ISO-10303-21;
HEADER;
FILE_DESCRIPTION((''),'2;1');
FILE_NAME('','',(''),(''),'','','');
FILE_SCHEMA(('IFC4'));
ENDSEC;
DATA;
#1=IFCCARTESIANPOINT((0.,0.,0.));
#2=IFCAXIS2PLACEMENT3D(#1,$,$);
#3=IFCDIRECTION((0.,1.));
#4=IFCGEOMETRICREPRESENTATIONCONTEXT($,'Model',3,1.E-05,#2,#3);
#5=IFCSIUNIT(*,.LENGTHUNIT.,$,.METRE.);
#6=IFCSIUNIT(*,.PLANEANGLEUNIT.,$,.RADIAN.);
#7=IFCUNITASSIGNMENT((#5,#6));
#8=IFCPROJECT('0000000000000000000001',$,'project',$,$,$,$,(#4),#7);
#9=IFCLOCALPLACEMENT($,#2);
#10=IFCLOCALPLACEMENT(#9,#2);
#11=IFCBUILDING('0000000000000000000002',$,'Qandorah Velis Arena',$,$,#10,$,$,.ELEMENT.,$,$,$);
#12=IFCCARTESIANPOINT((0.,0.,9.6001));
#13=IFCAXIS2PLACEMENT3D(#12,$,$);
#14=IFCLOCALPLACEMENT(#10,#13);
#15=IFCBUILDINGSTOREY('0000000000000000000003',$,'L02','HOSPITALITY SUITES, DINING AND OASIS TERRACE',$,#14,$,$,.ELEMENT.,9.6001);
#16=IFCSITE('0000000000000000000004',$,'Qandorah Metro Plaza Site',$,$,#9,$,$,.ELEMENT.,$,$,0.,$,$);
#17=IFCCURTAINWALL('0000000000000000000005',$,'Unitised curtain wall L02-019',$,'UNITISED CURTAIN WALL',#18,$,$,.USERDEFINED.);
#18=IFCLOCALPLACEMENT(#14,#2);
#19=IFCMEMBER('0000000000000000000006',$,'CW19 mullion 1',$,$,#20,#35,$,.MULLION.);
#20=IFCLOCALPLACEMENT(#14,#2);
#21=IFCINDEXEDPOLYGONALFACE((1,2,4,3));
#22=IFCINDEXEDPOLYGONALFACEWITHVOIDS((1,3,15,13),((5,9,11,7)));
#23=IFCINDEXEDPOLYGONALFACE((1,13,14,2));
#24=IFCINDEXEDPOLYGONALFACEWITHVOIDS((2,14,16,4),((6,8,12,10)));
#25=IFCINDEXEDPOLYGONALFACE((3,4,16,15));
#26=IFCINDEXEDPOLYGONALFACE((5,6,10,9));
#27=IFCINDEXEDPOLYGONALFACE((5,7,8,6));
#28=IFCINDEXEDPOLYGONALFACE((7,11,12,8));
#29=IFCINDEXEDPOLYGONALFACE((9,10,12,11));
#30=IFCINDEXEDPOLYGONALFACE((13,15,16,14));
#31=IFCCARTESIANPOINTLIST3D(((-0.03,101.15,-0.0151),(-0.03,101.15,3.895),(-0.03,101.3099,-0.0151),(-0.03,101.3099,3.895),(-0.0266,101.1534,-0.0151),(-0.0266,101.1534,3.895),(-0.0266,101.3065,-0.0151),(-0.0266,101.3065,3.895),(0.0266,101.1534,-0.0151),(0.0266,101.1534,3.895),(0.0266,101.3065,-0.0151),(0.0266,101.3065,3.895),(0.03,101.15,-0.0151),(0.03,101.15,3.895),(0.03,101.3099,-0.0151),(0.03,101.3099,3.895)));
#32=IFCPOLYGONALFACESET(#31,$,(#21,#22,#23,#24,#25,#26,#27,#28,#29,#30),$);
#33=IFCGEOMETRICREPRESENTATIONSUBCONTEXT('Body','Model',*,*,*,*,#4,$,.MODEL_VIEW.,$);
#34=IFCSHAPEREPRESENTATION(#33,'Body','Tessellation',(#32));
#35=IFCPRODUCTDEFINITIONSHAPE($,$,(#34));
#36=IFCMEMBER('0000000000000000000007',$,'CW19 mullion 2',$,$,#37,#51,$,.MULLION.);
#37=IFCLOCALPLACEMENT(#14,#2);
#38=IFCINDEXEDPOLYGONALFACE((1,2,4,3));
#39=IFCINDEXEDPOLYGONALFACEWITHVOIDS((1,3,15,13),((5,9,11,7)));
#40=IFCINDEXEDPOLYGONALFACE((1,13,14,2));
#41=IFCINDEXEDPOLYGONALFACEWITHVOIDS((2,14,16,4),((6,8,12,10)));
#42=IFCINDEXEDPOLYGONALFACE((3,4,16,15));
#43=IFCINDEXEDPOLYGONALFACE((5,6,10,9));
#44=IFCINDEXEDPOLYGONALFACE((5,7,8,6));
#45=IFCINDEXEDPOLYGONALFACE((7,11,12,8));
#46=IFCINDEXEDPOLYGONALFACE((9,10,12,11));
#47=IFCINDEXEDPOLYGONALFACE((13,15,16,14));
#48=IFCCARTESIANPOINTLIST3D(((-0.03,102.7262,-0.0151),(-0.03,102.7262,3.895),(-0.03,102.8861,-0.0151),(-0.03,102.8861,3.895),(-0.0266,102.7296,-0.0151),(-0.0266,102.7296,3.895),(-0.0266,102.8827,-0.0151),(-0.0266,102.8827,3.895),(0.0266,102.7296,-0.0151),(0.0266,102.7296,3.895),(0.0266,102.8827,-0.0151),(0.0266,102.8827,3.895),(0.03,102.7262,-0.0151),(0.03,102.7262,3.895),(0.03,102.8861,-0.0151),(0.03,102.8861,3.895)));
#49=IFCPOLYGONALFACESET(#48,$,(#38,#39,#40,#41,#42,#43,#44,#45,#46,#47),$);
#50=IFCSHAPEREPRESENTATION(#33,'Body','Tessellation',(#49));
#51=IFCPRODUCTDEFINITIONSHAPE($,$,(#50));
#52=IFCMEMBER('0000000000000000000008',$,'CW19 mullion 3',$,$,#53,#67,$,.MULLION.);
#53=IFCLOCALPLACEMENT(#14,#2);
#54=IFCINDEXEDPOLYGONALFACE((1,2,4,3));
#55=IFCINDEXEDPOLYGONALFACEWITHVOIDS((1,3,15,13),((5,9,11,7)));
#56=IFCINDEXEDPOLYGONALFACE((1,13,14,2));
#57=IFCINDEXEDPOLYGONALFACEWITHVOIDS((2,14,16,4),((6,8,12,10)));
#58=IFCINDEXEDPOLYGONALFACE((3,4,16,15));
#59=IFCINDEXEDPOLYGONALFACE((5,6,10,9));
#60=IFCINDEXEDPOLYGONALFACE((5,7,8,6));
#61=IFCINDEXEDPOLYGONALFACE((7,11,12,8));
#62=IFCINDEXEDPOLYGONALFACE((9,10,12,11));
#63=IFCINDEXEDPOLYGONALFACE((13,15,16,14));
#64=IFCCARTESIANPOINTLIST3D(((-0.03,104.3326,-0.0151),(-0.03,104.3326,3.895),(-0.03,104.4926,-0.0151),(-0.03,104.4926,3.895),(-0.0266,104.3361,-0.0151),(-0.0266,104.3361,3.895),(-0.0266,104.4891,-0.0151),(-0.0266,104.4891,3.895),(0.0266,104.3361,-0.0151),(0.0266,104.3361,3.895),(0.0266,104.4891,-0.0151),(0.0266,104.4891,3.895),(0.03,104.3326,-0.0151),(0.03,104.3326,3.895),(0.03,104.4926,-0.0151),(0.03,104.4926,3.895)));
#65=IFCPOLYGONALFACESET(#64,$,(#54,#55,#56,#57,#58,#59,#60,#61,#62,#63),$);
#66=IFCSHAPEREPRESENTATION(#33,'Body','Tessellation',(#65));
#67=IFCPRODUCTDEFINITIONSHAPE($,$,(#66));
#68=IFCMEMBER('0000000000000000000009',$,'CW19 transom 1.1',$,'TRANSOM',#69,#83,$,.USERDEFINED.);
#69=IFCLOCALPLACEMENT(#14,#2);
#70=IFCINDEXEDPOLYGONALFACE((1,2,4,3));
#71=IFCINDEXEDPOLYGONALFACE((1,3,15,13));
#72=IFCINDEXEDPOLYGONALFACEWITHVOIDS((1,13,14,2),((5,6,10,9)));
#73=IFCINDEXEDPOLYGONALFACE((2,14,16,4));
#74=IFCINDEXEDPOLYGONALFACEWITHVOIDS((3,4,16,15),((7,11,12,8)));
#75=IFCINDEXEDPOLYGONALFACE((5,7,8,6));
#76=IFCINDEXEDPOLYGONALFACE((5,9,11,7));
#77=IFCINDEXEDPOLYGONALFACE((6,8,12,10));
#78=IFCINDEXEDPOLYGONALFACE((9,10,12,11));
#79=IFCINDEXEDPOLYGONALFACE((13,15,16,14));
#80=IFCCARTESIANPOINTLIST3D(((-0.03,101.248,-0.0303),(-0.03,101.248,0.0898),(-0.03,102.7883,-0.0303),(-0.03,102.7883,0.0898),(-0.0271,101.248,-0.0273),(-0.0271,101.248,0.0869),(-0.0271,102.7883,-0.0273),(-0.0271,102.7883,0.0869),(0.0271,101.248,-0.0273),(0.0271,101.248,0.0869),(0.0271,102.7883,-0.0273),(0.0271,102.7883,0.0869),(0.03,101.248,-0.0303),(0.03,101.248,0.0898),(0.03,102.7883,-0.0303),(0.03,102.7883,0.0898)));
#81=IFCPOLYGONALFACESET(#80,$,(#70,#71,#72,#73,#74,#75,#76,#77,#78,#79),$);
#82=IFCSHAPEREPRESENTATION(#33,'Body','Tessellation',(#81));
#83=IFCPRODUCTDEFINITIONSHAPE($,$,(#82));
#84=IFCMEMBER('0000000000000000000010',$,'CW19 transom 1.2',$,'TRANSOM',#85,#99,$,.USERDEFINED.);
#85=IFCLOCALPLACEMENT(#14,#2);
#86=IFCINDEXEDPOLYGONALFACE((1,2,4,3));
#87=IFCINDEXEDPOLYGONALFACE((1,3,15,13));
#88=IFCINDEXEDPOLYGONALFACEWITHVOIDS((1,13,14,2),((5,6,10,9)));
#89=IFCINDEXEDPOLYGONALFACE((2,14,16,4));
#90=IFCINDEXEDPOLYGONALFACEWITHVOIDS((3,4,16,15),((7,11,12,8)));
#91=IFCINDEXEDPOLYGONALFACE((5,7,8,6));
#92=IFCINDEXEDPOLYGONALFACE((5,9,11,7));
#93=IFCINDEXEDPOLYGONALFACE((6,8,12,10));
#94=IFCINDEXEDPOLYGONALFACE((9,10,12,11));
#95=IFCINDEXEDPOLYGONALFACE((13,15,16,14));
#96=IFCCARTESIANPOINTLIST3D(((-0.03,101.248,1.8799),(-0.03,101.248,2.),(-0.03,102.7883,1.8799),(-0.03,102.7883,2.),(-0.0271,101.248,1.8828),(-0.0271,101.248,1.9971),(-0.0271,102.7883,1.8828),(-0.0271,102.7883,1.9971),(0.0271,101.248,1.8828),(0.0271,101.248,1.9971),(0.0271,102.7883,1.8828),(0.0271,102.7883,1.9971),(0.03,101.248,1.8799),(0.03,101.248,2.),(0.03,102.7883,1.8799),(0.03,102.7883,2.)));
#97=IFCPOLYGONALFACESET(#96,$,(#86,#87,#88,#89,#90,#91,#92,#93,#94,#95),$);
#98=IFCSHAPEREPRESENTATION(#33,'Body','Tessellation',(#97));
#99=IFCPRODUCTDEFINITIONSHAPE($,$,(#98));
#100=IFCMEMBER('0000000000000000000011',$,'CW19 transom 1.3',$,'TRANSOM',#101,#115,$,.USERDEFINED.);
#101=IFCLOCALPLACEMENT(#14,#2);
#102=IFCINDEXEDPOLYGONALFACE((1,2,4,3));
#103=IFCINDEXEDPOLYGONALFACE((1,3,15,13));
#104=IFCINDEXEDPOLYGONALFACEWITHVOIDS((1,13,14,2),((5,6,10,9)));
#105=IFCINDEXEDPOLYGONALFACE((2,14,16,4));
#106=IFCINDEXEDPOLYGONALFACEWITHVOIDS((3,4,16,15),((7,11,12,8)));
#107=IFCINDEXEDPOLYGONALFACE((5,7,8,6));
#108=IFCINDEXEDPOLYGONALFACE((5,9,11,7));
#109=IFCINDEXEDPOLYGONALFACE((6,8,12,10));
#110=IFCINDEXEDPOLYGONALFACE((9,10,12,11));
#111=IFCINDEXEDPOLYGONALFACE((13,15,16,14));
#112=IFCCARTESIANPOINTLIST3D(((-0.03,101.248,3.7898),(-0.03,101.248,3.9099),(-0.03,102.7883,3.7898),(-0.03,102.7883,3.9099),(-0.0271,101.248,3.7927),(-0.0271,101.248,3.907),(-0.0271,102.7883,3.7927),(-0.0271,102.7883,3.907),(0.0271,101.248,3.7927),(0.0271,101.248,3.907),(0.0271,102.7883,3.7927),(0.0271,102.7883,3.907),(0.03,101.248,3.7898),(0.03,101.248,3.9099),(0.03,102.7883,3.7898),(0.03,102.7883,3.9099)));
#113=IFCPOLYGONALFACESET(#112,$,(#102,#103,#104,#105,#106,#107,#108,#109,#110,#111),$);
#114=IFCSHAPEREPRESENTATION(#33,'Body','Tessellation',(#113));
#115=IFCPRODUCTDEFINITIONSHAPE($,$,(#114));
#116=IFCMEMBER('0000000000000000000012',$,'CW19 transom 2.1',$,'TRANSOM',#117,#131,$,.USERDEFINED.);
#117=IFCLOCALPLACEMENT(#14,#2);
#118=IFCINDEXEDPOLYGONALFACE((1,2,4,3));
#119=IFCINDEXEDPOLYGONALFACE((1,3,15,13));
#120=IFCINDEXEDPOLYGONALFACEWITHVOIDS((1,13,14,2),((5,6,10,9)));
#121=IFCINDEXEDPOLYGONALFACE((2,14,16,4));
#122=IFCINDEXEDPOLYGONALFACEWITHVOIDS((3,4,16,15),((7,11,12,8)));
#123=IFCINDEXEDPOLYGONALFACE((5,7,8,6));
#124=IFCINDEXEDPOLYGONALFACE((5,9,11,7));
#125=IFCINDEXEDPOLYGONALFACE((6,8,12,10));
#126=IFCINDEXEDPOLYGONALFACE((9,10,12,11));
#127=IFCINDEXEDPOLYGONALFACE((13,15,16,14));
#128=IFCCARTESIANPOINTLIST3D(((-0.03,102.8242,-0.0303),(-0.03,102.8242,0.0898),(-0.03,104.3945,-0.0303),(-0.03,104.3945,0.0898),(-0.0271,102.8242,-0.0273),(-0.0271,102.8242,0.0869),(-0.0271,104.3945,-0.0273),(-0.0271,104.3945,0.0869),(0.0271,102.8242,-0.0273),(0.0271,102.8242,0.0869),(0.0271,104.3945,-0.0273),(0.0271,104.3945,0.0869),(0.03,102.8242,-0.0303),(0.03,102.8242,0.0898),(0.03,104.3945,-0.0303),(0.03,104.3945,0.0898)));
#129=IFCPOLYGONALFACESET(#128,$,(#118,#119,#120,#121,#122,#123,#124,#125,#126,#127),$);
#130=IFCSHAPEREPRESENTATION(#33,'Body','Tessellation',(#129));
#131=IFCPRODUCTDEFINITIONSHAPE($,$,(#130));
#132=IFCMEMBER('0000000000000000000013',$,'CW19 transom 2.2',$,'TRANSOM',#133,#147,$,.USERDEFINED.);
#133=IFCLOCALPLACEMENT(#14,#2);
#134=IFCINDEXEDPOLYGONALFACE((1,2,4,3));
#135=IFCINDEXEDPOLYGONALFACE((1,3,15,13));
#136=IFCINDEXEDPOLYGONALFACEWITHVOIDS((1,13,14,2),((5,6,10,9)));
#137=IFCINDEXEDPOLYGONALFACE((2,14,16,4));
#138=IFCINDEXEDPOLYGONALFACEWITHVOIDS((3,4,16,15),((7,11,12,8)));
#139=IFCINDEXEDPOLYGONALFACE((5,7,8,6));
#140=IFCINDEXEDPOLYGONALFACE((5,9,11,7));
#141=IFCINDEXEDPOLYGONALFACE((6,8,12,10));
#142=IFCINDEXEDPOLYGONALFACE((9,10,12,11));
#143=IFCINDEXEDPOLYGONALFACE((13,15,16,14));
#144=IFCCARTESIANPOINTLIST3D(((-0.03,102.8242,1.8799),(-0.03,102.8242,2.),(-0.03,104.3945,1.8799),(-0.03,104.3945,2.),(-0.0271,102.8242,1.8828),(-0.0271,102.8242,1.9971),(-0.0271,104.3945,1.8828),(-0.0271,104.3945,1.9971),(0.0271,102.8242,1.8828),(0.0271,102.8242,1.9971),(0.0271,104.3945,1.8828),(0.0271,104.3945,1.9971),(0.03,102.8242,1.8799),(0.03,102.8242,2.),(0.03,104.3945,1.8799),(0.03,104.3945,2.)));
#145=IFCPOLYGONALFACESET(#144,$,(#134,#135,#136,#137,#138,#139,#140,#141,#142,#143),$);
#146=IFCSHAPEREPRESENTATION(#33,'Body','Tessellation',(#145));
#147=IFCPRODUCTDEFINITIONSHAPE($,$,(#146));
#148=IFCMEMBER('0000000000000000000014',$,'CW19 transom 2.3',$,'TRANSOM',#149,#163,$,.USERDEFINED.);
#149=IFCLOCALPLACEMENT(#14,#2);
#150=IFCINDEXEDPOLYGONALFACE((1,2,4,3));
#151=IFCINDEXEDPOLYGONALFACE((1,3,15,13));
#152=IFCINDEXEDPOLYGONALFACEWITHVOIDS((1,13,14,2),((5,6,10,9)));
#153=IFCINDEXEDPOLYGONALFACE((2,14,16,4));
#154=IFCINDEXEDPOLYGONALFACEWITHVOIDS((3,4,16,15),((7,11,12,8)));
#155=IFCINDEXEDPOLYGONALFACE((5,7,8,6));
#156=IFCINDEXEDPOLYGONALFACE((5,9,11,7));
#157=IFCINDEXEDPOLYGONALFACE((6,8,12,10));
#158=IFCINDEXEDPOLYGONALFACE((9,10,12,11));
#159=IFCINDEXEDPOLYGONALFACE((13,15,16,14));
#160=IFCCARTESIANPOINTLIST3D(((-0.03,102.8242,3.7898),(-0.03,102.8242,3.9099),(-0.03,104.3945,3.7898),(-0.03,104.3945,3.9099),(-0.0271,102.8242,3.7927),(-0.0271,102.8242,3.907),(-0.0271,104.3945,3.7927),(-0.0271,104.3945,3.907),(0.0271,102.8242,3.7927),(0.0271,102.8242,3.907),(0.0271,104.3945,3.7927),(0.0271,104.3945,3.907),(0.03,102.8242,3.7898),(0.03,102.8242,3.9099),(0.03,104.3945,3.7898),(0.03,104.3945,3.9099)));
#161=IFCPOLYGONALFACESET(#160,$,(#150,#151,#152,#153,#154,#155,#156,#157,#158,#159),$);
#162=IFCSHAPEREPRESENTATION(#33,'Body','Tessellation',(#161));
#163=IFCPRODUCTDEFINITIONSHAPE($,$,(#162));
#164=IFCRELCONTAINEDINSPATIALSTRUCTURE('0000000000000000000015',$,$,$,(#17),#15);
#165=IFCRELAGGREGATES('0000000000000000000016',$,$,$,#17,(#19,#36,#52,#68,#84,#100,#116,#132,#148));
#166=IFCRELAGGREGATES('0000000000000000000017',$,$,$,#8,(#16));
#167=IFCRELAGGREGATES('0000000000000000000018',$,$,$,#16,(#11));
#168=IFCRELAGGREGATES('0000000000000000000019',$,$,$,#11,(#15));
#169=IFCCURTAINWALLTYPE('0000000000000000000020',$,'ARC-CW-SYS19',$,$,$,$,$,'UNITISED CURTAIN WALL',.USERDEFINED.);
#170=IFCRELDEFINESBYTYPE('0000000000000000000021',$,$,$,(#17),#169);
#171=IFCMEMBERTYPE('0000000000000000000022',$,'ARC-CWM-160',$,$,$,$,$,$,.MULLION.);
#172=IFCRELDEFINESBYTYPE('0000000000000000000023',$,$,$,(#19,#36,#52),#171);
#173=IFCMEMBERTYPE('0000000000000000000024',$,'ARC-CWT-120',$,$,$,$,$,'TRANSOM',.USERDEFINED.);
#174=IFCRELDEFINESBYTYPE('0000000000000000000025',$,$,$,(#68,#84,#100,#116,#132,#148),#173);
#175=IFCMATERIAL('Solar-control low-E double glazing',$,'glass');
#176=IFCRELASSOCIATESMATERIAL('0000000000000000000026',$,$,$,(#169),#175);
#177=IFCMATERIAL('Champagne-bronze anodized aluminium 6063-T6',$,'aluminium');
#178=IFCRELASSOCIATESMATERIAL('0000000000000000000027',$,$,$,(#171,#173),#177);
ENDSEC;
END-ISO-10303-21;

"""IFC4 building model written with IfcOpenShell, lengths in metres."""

from ifc_helpers import new_model, si_unit, direction, frame, origin, origin_2d, place, context, subcontext, project, spatial, hollow_rectangle, extrude, material, material_profile, profile_set, type_object, element, aggregate, save


model = new_model("IFC4")

# Units and contexts
model_context = context("Model", 3, precision=1e-05, world=origin(), true_north=direction((0.0, 1.0)))
body_context = subcontext(model_context, "Body", "Model", "MODEL_VIEW")
ifc_project = project(units=[si_unit("LENGTHUNIT", "METRE"), si_unit("PLANEANGLEUNIT", "RADIAN")], contexts=[model_context])

# Site, building, storey
site_placement = place(None, origin())
site = spatial("IfcSite", under=ifc_project, at=site_placement, Name="Qandorah Metro Plaza Site", CompositionType="ELEMENT", RefElevation=0.0)
building_placement = place(site_placement, origin())
building = spatial("IfcBuilding", under=site, at=building_placement, Name="Qandorah Velis Arena", CompositionType="ELEMENT")
storey_placement = place(building_placement, frame((0.0, 0.0, 9.6001)))
storey = spatial("IfcBuildingStorey", under=building, at=storey_placement, Name="L02", Description="HOSPITALITY SUITES, DINING AND OASIS TERRACE", CompositionType="ELEMENT", Elevation=9.6001)

# Curtain wall, members
ifc_material_1 = material(Name="Solar-control low-E double glazing", Category="glass")
curtain_wall_type = type_object("IfcCurtainWallType", Name="ARC-CW-SYS19", ElementType="UNITISED CURTAIN WALL", PredefinedType="USERDEFINED", material=ifc_material_1)
curtain_wall_placement = place(storey_placement, origin())
curtain_wall = element("IfcCurtainWall", 1, at=curtain_wall_placement, inside=storey, type_object=curtain_wall_type, Name="Unitised curtain wall L02-019", ObjectType="UNITISED CURTAIN WALL", PredefinedType="USERDEFINED")
ifc_material_2 = material(Name="Champagne-bronze anodized aluminium 6063-T6", Category="aluminium")
ifc_material_profile_1 = material_profile(ifc_material_2, hollow_rectangle(XDim=0.0601, YDim=0.1599, WallThickness=0.0034, at=origin_2d()), Name="ALU MULLION 60x160")
ifc_profile_set_1 = profile_set([ifc_material_profile_1], Name="Champagne-bronze anodized aluminium 6063-T6")
member_type_1 = type_object("IfcMemberType", Name="ARC-CWM-160", PredefinedType="MULLION", material=ifc_profile_set_1)
member_1_placement = place(storey_placement, frame((0.0, 101.23, -0.0151), z_axis=(0.0, 0.0, 1.0), x_axis=(-1.0, 0.0, 0.0)))
member_1 = element("IfcMember", 2, at=member_1_placement, type_object=member_type_1, Name="CW19 mullion 1", PredefinedType="MULLION", context=body_context, shape_type="SweptSolid", body=[
    extrude(hollow_rectangle(XDim=0.0601, YDim=0.1599, WallThickness=0.0034, at=origin_2d()), origin(), (0.0, 0.0, 1.0), 3.9102),
])
member_2_placement = place(storey_placement, frame((0.0, 102.8062, -0.0151), z_axis=(0.0, 0.0, 1.0), x_axis=(-1.0, 0.0, 0.0)))
member_2 = element("IfcMember", 3, at=member_2_placement, type_object=member_type_1, Name="CW19 mullion 2", PredefinedType="MULLION", context=body_context, shape_type="SweptSolid", body=[
    extrude(hollow_rectangle(XDim=0.0601, YDim=0.1599, WallThickness=0.0034, at=origin_2d()), origin(), (0.0, 0.0, 1.0), 3.9102),
])
member_3_placement = place(storey_placement, frame((0.0, 104.4126, -0.0151), z_axis=(0.0, 0.0, 1.0), x_axis=(-1.0, 0.0, 0.0)))
member_3 = element("IfcMember", 4, at=member_3_placement, type_object=member_type_1, Name="CW19 mullion 3", PredefinedType="MULLION", context=body_context, shape_type="SweptSolid", body=[
    extrude(hollow_rectangle(XDim=0.0601, YDim=0.1599, WallThickness=0.0034, at=origin_2d()), origin(), (0.0, 0.0, 1.0), 3.9102),
])
ifc_material_profile_2 = material_profile(ifc_material_2, hollow_rectangle(XDim=0.0601, YDim=0.1201, WallThickness=0.0029, at=origin_2d()), Name="ALU TRANSOM 60x120")
ifc_profile_set_2 = profile_set([ifc_material_profile_2], Name="Champagne-bronze anodized aluminium 6063-T6")
member_type_2 = type_object("IfcMemberType", Name="ARC-CWT-120", ElementType="TRANSOM", PredefinedType="USERDEFINED", material=ifc_profile_set_2)
member_4_placement = place(storey_placement, frame((0.0, 101.248, 0.0298), z_axis=(0.0, 1.0, 0.0), x_axis=(-1.0, 0.0, 0.0)))
member_4 = element("IfcMember", 5, at=member_4_placement, type_object=member_type_2, Name="CW19 transom 1.1", ObjectType="TRANSOM", PredefinedType="USERDEFINED", context=body_context, shape_type="SweptSolid", body=[
    extrude(hollow_rectangle(XDim=0.0601, YDim=0.1201, WallThickness=0.0029, at=origin_2d()), origin(), (0.0, 0.0, 1.0), 1.5403),
])
member_5_placement = place(storey_placement, frame((0.0, 101.248, 1.9399), z_axis=(0.0, 1.0, 0.0), x_axis=(-1.0, 0.0, 0.0)))
member_5 = element("IfcMember", 6, at=member_5_placement, type_object=member_type_2, Name="CW19 transom 1.2", ObjectType="TRANSOM", PredefinedType="USERDEFINED", context=body_context, shape_type="SweptSolid", body=[
    extrude(hollow_rectangle(XDim=0.0601, YDim=0.1201, WallThickness=0.0029, at=origin_2d()), origin(), (0.0, 0.0, 1.0), 1.5403),
])
member_6_placement = place(storey_placement, frame((0.0, 101.248, 3.8499), z_axis=(0.0, 1.0, 0.0), x_axis=(-1.0, 0.0, 0.0)))
member_6 = element("IfcMember", 7, at=member_6_placement, type_object=member_type_2, Name="CW19 transom 1.3", ObjectType="TRANSOM", PredefinedType="USERDEFINED", context=body_context, shape_type="SweptSolid", body=[
    extrude(hollow_rectangle(XDim=0.0601, YDim=0.1201, WallThickness=0.0029, at=origin_2d()), origin(), (0.0, 0.0, 1.0), 1.5403),
])
member_7_placement = place(storey_placement, frame((0.0, 102.8242, 0.0298), z_axis=(0.0, 1.0, 0.0), x_axis=(-1.0, 0.0, 0.0)))
member_7 = element("IfcMember", 8, at=member_7_placement, type_object=member_type_2, Name="CW19 transom 2.1", ObjectType="TRANSOM", PredefinedType="USERDEFINED", context=body_context, shape_type="SweptSolid", body=[
    extrude(hollow_rectangle(XDim=0.0601, YDim=0.1201, WallThickness=0.0029, at=origin_2d()), origin(), (0.0, 0.0, 1.0), 1.5703),
])
member_8_placement = place(storey_placement, frame((0.0, 102.8242, 1.9399), z_axis=(0.0, 1.0, 0.0), x_axis=(-1.0, 0.0, 0.0)))
member_8 = element("IfcMember", 9, at=member_8_placement, type_object=member_type_2, Name="CW19 transom 2.2", ObjectType="TRANSOM", PredefinedType="USERDEFINED", context=body_context, shape_type="SweptSolid", body=[
    extrude(hollow_rectangle(XDim=0.0601, YDim=0.1201, WallThickness=0.0029, at=origin_2d()), origin(), (0.0, 0.0, 1.0), 1.5703),
])
member_9_placement = place(storey_placement, frame((0.0, 102.8242, 3.8499), z_axis=(0.0, 1.0, 0.0), x_axis=(-1.0, 0.0, 0.0)))
member_9 = element("IfcMember", 10, at=member_9_placement, type_object=member_type_2, Name="CW19 transom 2.3", ObjectType="TRANSOM", PredefinedType="USERDEFINED", context=body_context, shape_type="SweptSolid", body=[
    extrude(hollow_rectangle(XDim=0.0601, YDim=0.1201, WallThickness=0.0029, at=origin_2d()), origin(), (0.0, 0.0, 1.0), 1.5703),
])

aggregate(curtain_wall, [member_1, member_2, member_3, member_4, member_5, member_6, member_7, member_8, member_9])

save(model, "model.ifc")
